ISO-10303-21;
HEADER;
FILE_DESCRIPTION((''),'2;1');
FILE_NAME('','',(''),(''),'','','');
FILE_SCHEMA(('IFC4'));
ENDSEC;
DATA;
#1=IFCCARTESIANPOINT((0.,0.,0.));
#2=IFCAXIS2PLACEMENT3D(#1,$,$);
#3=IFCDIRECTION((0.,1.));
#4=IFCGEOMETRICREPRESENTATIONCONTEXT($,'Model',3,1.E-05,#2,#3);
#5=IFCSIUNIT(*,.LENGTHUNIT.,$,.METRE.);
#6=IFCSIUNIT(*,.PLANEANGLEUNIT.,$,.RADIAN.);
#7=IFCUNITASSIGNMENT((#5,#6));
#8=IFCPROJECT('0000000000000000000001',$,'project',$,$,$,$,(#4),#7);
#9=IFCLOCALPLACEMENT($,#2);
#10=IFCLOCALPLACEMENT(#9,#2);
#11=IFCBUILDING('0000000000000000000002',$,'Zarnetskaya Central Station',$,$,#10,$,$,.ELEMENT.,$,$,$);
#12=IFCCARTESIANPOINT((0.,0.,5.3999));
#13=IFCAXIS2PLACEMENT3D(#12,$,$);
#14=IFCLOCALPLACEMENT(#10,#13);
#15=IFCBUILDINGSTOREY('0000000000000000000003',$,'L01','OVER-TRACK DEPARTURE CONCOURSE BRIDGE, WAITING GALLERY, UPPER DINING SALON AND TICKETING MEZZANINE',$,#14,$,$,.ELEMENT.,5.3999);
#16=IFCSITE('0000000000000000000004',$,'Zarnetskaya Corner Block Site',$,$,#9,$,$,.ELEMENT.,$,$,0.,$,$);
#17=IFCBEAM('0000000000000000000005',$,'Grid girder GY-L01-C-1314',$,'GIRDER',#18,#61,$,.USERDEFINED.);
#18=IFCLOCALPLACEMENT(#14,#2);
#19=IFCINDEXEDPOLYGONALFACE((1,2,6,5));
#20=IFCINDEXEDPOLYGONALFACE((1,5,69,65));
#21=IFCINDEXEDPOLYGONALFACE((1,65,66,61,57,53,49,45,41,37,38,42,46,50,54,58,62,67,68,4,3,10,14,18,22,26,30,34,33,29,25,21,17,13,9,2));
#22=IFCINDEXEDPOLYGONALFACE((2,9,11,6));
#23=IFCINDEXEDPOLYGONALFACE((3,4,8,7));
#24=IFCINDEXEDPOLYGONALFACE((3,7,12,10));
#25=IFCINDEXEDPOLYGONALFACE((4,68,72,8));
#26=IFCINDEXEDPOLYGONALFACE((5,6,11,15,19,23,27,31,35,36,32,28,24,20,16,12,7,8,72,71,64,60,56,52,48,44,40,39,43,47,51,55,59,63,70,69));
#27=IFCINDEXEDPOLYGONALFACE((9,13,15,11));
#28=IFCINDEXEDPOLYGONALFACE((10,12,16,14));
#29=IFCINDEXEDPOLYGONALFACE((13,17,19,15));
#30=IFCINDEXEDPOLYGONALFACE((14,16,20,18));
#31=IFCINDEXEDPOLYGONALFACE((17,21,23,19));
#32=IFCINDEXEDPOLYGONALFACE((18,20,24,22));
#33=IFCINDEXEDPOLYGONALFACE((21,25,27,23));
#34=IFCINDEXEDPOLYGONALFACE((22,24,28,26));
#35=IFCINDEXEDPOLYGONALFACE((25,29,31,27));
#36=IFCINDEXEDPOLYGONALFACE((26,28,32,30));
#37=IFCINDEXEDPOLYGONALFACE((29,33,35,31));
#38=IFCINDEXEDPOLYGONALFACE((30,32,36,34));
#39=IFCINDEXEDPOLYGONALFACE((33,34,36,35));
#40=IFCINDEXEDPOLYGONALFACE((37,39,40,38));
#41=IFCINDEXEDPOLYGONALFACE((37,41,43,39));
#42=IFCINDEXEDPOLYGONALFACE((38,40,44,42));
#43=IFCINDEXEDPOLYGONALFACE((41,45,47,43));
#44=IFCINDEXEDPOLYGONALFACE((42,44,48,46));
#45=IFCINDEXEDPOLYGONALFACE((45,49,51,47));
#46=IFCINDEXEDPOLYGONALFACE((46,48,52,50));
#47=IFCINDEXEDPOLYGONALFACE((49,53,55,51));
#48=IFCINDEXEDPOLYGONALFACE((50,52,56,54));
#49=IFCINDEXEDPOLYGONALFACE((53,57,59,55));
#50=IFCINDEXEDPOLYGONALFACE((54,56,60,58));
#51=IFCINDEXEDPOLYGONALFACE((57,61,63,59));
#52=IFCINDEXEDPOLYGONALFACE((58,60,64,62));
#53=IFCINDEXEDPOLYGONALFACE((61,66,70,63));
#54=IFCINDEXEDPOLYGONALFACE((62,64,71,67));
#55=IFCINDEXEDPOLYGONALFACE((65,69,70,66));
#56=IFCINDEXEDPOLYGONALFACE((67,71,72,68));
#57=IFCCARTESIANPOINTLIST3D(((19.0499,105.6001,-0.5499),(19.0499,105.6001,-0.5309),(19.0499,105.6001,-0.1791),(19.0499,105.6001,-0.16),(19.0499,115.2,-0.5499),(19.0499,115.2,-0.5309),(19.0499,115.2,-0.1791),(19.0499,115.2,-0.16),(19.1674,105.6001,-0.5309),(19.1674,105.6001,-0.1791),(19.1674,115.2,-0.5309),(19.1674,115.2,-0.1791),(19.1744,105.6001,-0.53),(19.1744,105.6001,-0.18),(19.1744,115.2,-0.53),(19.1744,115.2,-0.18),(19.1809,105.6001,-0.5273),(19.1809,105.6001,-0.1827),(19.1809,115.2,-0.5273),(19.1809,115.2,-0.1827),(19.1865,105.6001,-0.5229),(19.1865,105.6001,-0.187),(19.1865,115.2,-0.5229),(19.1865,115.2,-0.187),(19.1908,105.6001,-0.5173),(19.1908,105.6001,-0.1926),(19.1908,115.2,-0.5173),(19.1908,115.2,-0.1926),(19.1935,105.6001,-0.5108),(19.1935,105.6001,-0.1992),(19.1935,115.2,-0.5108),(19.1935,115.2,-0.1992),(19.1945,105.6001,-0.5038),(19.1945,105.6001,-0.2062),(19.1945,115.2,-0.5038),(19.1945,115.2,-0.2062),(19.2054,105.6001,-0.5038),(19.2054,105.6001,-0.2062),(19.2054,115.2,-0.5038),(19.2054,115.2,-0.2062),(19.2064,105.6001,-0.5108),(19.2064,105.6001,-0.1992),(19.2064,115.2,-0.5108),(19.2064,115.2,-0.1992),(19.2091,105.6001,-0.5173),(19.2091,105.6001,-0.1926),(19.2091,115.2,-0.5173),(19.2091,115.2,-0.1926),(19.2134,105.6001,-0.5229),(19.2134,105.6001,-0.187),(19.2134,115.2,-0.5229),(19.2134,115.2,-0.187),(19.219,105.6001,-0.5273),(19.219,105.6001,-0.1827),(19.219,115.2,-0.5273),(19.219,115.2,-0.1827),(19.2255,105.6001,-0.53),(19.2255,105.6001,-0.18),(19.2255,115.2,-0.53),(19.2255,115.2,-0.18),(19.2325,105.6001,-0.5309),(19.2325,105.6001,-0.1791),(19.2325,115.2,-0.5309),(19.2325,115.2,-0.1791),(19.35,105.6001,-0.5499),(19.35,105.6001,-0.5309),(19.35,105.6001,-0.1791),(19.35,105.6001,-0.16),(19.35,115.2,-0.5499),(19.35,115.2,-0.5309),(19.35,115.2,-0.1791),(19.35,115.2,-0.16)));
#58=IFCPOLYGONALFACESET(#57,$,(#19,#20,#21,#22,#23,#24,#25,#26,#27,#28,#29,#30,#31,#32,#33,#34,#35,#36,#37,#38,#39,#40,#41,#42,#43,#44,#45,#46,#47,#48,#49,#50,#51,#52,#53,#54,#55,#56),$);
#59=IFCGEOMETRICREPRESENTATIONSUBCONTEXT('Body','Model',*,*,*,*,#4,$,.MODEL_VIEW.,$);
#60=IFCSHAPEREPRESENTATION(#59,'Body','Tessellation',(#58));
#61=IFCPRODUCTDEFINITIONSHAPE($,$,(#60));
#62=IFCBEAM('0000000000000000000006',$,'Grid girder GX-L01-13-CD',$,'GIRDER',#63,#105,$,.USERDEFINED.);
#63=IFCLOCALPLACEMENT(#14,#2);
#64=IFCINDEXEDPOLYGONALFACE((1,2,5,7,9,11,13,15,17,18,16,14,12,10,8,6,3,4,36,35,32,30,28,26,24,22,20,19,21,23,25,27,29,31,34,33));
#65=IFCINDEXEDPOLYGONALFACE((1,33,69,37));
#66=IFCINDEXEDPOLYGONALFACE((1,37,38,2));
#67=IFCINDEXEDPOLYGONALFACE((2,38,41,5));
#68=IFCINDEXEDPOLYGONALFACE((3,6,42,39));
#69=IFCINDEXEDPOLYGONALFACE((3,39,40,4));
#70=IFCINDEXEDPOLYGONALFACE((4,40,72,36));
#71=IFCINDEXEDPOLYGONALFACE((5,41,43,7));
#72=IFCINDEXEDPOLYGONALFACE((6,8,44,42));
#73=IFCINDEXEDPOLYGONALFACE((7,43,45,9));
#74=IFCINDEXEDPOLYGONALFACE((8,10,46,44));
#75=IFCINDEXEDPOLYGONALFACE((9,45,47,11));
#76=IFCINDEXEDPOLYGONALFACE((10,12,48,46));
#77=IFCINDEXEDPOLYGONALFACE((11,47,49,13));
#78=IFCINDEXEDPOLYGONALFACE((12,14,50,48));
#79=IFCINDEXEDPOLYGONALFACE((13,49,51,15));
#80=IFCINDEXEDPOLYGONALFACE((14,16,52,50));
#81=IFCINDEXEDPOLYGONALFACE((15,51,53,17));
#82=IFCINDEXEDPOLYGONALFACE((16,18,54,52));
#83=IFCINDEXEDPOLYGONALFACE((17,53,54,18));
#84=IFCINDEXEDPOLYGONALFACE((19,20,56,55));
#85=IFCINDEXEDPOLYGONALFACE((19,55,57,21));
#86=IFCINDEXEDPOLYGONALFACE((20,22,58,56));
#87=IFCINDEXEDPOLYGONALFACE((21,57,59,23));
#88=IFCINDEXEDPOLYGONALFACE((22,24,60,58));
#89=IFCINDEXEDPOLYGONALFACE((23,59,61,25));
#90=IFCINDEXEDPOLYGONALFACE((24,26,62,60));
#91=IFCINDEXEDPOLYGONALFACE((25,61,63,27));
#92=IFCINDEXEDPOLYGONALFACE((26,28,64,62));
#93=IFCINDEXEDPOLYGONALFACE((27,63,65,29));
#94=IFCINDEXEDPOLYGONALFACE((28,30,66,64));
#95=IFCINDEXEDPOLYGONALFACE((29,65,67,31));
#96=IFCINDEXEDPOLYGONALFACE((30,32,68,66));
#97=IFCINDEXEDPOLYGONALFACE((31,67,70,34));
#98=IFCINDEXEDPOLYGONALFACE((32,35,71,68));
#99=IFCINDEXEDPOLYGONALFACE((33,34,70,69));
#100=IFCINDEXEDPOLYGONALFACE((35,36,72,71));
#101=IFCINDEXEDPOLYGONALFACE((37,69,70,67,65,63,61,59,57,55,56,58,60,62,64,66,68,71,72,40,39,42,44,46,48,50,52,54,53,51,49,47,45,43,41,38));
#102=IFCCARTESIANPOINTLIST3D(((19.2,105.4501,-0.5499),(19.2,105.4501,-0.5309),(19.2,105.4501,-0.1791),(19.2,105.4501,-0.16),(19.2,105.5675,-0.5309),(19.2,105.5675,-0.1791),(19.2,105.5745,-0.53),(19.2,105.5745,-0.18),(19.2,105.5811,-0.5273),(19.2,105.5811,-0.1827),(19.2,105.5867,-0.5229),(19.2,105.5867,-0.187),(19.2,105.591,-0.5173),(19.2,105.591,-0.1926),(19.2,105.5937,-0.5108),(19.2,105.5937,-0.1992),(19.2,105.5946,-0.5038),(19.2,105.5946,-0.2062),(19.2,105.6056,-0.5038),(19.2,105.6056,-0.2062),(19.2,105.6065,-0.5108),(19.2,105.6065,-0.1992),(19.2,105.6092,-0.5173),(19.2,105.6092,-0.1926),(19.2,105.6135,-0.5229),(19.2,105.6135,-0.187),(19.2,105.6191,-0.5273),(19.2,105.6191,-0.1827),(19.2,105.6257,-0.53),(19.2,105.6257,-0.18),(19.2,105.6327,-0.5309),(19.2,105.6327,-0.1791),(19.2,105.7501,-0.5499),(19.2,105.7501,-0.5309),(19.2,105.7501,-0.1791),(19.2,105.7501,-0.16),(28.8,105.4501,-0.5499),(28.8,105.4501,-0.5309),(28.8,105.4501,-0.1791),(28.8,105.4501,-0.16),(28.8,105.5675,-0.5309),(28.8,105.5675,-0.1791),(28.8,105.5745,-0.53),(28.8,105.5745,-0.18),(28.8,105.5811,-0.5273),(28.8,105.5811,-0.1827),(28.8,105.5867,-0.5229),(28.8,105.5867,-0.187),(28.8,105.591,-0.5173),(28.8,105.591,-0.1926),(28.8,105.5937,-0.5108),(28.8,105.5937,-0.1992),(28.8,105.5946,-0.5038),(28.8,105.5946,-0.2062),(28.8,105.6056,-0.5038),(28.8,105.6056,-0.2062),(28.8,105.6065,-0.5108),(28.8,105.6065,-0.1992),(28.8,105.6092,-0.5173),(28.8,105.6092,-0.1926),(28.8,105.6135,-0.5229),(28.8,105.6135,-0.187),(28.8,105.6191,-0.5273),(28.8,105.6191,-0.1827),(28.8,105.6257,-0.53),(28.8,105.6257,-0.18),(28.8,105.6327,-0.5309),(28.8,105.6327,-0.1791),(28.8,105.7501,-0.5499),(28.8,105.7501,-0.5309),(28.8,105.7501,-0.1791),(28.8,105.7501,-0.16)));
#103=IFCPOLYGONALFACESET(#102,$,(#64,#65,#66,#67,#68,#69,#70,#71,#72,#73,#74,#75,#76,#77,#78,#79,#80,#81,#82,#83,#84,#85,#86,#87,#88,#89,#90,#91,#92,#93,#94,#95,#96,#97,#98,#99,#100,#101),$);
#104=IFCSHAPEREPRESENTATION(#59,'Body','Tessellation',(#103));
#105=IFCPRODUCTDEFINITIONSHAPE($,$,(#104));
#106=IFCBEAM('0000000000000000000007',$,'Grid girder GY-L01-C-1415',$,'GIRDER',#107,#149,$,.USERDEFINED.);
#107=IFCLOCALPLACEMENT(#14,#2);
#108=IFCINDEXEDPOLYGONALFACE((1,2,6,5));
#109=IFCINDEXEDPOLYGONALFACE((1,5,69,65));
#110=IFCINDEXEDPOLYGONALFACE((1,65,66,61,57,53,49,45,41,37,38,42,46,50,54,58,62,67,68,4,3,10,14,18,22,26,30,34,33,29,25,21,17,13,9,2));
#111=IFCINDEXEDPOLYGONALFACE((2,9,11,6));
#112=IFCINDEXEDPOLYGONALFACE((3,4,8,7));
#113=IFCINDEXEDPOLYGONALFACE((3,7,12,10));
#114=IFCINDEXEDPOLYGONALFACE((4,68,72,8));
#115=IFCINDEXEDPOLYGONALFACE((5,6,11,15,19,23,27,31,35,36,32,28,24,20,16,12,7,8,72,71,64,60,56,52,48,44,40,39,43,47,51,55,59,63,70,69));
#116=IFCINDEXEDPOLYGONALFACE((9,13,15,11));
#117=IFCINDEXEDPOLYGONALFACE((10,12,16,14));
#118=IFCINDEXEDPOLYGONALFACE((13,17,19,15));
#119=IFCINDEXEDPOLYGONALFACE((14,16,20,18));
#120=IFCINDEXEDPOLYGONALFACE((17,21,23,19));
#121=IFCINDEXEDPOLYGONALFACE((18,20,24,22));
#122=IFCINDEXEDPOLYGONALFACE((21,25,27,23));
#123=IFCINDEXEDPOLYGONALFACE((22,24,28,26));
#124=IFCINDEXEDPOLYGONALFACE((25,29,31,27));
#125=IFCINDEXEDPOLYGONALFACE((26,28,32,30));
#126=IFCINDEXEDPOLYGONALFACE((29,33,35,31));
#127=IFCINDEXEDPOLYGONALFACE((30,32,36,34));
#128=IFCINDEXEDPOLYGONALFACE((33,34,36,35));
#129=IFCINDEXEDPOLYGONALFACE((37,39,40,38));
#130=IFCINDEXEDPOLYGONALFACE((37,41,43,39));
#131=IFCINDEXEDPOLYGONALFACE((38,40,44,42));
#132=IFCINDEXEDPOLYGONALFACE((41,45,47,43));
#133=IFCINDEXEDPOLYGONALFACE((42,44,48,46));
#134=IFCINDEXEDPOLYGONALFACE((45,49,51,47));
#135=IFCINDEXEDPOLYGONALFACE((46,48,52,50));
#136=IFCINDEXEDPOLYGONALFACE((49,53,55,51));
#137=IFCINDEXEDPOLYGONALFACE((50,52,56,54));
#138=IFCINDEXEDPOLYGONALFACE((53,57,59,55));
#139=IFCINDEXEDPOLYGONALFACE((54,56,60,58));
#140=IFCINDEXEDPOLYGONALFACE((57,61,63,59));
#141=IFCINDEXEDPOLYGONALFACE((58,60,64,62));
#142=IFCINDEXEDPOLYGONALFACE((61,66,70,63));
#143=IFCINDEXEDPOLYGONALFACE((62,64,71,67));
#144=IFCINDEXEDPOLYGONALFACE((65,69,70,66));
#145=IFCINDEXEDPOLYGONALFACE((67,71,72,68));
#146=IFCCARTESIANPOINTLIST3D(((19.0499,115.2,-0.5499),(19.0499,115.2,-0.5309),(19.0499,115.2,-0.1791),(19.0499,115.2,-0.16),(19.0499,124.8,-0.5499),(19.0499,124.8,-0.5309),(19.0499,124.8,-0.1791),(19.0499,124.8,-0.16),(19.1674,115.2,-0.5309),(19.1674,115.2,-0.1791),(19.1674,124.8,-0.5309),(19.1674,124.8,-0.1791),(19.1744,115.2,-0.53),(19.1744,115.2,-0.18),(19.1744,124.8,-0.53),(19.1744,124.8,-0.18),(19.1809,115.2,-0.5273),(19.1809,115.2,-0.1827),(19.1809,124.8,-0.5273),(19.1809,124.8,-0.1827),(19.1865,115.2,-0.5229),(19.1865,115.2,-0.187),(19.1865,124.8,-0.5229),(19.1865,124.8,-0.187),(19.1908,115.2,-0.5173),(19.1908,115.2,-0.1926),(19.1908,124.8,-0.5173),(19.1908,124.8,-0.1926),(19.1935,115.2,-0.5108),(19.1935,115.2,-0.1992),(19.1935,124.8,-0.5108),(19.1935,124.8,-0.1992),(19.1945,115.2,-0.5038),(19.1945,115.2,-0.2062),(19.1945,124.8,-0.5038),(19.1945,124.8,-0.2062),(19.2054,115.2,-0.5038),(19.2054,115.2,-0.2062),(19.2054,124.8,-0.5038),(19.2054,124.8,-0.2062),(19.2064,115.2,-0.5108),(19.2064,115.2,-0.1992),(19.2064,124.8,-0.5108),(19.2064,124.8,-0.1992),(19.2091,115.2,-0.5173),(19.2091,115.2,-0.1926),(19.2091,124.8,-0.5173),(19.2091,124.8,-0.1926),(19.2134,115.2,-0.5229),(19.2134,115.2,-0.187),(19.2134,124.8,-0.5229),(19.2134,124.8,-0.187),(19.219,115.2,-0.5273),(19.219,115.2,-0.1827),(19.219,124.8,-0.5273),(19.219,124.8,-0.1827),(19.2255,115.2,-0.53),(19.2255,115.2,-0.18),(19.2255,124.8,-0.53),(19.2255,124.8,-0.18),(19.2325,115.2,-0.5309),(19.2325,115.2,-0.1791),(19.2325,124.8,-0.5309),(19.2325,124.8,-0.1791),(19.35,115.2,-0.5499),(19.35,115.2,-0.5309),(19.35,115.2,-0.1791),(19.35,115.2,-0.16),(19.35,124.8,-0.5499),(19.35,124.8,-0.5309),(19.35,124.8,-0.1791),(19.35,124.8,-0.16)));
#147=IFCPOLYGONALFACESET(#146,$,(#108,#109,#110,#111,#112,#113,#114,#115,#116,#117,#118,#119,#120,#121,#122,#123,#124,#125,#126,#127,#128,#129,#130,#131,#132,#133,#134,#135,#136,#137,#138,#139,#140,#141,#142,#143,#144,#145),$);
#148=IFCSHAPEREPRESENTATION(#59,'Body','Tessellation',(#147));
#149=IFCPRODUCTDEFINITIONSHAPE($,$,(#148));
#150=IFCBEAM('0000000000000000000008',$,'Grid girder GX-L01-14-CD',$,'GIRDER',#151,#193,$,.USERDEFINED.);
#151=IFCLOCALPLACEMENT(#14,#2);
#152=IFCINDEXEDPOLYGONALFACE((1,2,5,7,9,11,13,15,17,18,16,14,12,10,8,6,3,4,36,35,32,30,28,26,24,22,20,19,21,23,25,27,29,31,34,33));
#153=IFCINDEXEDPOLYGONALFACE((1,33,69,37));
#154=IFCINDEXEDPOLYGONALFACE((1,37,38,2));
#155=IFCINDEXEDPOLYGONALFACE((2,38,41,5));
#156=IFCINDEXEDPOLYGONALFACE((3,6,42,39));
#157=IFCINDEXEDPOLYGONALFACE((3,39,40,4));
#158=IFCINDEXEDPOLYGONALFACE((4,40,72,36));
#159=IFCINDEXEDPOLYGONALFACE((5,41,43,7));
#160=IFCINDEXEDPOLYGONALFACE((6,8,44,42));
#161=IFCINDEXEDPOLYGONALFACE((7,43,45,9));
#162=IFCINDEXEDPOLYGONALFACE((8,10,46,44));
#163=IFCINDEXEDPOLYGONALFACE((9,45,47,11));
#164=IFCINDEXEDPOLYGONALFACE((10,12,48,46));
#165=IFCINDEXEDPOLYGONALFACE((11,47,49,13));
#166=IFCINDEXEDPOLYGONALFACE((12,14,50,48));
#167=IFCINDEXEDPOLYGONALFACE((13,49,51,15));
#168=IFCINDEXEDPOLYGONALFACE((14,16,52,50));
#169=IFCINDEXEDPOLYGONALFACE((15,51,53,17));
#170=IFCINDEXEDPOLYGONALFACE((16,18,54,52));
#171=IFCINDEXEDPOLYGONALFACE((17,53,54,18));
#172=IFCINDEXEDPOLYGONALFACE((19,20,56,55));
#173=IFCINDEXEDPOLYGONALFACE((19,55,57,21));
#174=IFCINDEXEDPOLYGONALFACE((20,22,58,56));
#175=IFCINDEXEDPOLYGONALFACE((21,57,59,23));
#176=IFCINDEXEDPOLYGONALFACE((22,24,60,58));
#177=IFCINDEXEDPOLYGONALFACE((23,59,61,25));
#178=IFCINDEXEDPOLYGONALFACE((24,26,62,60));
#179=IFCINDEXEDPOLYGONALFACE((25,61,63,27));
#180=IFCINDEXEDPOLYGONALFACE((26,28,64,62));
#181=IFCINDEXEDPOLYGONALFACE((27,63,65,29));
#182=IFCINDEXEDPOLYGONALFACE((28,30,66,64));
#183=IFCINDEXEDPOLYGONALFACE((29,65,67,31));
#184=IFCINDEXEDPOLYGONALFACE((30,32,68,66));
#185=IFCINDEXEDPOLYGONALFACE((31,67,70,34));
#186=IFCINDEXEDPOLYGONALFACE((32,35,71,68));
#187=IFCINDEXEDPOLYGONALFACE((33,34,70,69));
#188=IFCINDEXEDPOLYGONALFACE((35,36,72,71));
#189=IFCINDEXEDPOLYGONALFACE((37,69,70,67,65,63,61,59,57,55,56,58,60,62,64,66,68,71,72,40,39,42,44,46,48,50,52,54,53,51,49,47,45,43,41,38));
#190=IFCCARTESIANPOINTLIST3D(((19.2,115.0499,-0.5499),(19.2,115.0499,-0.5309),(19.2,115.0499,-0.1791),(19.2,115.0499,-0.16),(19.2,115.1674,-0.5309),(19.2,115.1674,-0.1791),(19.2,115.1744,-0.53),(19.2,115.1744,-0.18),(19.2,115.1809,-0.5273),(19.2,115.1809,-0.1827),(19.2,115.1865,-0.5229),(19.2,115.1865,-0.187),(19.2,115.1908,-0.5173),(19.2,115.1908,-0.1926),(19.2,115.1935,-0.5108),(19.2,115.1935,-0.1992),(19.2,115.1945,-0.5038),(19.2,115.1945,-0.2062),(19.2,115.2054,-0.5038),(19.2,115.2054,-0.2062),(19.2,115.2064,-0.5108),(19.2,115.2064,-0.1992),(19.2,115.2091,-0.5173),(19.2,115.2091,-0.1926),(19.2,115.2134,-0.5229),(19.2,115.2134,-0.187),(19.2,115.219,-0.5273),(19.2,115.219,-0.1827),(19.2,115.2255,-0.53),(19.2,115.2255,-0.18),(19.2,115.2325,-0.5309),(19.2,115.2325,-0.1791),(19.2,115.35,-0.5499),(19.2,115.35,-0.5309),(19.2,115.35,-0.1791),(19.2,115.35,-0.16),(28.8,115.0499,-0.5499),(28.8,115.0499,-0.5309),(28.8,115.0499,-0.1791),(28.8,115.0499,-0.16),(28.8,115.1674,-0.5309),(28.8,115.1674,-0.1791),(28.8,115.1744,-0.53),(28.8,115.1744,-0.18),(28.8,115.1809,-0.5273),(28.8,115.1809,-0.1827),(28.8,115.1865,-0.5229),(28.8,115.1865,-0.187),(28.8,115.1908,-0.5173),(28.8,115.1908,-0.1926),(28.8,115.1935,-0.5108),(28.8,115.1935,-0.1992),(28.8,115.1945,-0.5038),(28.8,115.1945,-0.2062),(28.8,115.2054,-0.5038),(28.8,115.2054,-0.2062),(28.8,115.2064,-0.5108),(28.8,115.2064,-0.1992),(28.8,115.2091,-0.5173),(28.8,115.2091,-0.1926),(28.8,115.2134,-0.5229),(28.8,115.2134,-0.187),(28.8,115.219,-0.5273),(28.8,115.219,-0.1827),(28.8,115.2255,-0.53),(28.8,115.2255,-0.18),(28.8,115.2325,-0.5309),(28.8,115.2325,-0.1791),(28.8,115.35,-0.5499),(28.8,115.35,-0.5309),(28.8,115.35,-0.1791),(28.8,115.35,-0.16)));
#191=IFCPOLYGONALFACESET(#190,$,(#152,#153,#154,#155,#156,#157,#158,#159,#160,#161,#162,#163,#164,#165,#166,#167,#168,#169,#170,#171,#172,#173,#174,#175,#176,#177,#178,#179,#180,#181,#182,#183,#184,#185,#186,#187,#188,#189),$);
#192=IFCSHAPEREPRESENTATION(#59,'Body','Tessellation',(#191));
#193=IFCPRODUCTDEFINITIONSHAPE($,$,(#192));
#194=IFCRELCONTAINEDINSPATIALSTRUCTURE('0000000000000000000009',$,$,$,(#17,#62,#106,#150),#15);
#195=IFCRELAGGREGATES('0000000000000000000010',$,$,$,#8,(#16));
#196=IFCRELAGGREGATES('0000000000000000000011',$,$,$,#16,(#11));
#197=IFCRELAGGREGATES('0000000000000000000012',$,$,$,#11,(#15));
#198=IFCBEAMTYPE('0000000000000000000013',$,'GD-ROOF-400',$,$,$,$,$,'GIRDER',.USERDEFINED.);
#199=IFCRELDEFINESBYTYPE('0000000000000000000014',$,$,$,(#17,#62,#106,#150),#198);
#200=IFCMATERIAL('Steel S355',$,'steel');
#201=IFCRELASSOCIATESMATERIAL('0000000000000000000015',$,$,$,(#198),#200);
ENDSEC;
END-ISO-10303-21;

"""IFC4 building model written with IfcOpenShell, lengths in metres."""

from ifc_helpers import new_model, si_unit, direction, frame, origin, origin_2d, place, context, subcontext, project, spatial, i_section, extrude, material, material_profile, profile_set, type_object, element, save


model = new_model("IFC4")

# Units and contexts
model_context = context("Model", 3, precision=1e-05, world=origin(), true_north=direction((0.0, 1.0)))
body_context = subcontext(model_context, "Body", "Model", "MODEL_VIEW")
ifc_project = project(units=[si_unit("LENGTHUNIT", "METRE"), si_unit("PLANEANGLEUNIT", "RADIAN")], contexts=[model_context])

# Site, building, storey
site_placement = place(None, origin())
site = spatial("IfcSite", under=ifc_project, at=site_placement, Name="Zarnetskaya Corner Block Site", CompositionType="ELEMENT", RefElevation=0.0)
building_placement = place(site_placement, origin())
building = spatial("IfcBuilding", under=site, at=building_placement, Name="Zarnetskaya Central Station", CompositionType="ELEMENT")
storey_placement = place(building_placement, frame((0.0, 0.0, 5.3999)))
storey = spatial("IfcBuildingStorey", under=building, at=storey_placement, Name="L01", Description="OVER-TRACK DEPARTURE CONCOURSE BRIDGE, WAITING GALLERY, UPPER DINING SALON AND TICKETING MEZZANINE", CompositionType="ELEMENT", Elevation=5.3999)

# Beams
ifc_material = material(Name="Steel S355", Category="steel")
ifc_material_profile_1 = material_profile(ifc_material, i_section(OverallWidth=0.3, OverallDepth=0.3899, WebThickness=0.011, FlangeThickness=0.019, FilletRadius=0.0271, at=origin_2d()), Name="HEA 400")
ifc_profile_set_1 = profile_set([ifc_material_profile_1], Name="Steel S355")
beam_type_1 = type_object("IfcBeamType", Name="GD-ROOF-400", ElementType="GIRDER", PredefinedType="USERDEFINED", material=ifc_profile_set_1)
beam_1_placement = place(storey_placement, frame((19.2, 105.6001, -0.355), z_axis=(0.0, 1.0, 0.0), x_axis=(-1.0, 0.0, 0.0)))
element("IfcBeam", 1, at=beam_1_placement, inside=storey, type_object=beam_type_1, Name="Grid girder GY-L01-C-1314", ObjectType="GIRDER", PredefinedType="USERDEFINED", context=body_context, shape_type="SweptSolid", body=[
    extrude(i_section(OverallWidth=0.3, OverallDepth=0.3899, WebThickness=0.011, FlangeThickness=0.019, FilletRadius=0.0271, at=origin_2d()), origin(), (0.0, 0.0, 1.0), 9.5999),
])
for number, where, z_axis, x_axis, name in (
    (2, (19.2, 105.6001, -0.355), (1.0, 0.0, 0.0), (0.0, 1.0, 0.0), "Grid girder GX-L01-13-CD"),
    (3, (19.2, 115.2, -0.355), (0.0, 1.0, 0.0), (-1.0, 0.0, 0.0), "Grid girder GY-L01-C-1415"),
    (4, (19.2, 115.2, -0.355), (1.0, 0.0, 0.0), (0.0, 1.0, 0.0), "Grid girder GX-L01-14-CD"),
):
    element("IfcBeam", number, at=place(storey_placement, frame(where, z_axis=z_axis, x_axis=x_axis)), inside=storey, type_object=beam_type_1, Name=name, ObjectType="GIRDER", PredefinedType="USERDEFINED", context=body_context, shape_type="SweptSolid", body=[
        extrude(i_section(OverallWidth=0.3, OverallDepth=0.3899, WebThickness=0.011, FlangeThickness=0.019, FilletRadius=0.0271, at=origin_2d()), origin(), (0.0, 0.0, 1.0), 9.6001),
    ])

save(model, "model.ifc")
